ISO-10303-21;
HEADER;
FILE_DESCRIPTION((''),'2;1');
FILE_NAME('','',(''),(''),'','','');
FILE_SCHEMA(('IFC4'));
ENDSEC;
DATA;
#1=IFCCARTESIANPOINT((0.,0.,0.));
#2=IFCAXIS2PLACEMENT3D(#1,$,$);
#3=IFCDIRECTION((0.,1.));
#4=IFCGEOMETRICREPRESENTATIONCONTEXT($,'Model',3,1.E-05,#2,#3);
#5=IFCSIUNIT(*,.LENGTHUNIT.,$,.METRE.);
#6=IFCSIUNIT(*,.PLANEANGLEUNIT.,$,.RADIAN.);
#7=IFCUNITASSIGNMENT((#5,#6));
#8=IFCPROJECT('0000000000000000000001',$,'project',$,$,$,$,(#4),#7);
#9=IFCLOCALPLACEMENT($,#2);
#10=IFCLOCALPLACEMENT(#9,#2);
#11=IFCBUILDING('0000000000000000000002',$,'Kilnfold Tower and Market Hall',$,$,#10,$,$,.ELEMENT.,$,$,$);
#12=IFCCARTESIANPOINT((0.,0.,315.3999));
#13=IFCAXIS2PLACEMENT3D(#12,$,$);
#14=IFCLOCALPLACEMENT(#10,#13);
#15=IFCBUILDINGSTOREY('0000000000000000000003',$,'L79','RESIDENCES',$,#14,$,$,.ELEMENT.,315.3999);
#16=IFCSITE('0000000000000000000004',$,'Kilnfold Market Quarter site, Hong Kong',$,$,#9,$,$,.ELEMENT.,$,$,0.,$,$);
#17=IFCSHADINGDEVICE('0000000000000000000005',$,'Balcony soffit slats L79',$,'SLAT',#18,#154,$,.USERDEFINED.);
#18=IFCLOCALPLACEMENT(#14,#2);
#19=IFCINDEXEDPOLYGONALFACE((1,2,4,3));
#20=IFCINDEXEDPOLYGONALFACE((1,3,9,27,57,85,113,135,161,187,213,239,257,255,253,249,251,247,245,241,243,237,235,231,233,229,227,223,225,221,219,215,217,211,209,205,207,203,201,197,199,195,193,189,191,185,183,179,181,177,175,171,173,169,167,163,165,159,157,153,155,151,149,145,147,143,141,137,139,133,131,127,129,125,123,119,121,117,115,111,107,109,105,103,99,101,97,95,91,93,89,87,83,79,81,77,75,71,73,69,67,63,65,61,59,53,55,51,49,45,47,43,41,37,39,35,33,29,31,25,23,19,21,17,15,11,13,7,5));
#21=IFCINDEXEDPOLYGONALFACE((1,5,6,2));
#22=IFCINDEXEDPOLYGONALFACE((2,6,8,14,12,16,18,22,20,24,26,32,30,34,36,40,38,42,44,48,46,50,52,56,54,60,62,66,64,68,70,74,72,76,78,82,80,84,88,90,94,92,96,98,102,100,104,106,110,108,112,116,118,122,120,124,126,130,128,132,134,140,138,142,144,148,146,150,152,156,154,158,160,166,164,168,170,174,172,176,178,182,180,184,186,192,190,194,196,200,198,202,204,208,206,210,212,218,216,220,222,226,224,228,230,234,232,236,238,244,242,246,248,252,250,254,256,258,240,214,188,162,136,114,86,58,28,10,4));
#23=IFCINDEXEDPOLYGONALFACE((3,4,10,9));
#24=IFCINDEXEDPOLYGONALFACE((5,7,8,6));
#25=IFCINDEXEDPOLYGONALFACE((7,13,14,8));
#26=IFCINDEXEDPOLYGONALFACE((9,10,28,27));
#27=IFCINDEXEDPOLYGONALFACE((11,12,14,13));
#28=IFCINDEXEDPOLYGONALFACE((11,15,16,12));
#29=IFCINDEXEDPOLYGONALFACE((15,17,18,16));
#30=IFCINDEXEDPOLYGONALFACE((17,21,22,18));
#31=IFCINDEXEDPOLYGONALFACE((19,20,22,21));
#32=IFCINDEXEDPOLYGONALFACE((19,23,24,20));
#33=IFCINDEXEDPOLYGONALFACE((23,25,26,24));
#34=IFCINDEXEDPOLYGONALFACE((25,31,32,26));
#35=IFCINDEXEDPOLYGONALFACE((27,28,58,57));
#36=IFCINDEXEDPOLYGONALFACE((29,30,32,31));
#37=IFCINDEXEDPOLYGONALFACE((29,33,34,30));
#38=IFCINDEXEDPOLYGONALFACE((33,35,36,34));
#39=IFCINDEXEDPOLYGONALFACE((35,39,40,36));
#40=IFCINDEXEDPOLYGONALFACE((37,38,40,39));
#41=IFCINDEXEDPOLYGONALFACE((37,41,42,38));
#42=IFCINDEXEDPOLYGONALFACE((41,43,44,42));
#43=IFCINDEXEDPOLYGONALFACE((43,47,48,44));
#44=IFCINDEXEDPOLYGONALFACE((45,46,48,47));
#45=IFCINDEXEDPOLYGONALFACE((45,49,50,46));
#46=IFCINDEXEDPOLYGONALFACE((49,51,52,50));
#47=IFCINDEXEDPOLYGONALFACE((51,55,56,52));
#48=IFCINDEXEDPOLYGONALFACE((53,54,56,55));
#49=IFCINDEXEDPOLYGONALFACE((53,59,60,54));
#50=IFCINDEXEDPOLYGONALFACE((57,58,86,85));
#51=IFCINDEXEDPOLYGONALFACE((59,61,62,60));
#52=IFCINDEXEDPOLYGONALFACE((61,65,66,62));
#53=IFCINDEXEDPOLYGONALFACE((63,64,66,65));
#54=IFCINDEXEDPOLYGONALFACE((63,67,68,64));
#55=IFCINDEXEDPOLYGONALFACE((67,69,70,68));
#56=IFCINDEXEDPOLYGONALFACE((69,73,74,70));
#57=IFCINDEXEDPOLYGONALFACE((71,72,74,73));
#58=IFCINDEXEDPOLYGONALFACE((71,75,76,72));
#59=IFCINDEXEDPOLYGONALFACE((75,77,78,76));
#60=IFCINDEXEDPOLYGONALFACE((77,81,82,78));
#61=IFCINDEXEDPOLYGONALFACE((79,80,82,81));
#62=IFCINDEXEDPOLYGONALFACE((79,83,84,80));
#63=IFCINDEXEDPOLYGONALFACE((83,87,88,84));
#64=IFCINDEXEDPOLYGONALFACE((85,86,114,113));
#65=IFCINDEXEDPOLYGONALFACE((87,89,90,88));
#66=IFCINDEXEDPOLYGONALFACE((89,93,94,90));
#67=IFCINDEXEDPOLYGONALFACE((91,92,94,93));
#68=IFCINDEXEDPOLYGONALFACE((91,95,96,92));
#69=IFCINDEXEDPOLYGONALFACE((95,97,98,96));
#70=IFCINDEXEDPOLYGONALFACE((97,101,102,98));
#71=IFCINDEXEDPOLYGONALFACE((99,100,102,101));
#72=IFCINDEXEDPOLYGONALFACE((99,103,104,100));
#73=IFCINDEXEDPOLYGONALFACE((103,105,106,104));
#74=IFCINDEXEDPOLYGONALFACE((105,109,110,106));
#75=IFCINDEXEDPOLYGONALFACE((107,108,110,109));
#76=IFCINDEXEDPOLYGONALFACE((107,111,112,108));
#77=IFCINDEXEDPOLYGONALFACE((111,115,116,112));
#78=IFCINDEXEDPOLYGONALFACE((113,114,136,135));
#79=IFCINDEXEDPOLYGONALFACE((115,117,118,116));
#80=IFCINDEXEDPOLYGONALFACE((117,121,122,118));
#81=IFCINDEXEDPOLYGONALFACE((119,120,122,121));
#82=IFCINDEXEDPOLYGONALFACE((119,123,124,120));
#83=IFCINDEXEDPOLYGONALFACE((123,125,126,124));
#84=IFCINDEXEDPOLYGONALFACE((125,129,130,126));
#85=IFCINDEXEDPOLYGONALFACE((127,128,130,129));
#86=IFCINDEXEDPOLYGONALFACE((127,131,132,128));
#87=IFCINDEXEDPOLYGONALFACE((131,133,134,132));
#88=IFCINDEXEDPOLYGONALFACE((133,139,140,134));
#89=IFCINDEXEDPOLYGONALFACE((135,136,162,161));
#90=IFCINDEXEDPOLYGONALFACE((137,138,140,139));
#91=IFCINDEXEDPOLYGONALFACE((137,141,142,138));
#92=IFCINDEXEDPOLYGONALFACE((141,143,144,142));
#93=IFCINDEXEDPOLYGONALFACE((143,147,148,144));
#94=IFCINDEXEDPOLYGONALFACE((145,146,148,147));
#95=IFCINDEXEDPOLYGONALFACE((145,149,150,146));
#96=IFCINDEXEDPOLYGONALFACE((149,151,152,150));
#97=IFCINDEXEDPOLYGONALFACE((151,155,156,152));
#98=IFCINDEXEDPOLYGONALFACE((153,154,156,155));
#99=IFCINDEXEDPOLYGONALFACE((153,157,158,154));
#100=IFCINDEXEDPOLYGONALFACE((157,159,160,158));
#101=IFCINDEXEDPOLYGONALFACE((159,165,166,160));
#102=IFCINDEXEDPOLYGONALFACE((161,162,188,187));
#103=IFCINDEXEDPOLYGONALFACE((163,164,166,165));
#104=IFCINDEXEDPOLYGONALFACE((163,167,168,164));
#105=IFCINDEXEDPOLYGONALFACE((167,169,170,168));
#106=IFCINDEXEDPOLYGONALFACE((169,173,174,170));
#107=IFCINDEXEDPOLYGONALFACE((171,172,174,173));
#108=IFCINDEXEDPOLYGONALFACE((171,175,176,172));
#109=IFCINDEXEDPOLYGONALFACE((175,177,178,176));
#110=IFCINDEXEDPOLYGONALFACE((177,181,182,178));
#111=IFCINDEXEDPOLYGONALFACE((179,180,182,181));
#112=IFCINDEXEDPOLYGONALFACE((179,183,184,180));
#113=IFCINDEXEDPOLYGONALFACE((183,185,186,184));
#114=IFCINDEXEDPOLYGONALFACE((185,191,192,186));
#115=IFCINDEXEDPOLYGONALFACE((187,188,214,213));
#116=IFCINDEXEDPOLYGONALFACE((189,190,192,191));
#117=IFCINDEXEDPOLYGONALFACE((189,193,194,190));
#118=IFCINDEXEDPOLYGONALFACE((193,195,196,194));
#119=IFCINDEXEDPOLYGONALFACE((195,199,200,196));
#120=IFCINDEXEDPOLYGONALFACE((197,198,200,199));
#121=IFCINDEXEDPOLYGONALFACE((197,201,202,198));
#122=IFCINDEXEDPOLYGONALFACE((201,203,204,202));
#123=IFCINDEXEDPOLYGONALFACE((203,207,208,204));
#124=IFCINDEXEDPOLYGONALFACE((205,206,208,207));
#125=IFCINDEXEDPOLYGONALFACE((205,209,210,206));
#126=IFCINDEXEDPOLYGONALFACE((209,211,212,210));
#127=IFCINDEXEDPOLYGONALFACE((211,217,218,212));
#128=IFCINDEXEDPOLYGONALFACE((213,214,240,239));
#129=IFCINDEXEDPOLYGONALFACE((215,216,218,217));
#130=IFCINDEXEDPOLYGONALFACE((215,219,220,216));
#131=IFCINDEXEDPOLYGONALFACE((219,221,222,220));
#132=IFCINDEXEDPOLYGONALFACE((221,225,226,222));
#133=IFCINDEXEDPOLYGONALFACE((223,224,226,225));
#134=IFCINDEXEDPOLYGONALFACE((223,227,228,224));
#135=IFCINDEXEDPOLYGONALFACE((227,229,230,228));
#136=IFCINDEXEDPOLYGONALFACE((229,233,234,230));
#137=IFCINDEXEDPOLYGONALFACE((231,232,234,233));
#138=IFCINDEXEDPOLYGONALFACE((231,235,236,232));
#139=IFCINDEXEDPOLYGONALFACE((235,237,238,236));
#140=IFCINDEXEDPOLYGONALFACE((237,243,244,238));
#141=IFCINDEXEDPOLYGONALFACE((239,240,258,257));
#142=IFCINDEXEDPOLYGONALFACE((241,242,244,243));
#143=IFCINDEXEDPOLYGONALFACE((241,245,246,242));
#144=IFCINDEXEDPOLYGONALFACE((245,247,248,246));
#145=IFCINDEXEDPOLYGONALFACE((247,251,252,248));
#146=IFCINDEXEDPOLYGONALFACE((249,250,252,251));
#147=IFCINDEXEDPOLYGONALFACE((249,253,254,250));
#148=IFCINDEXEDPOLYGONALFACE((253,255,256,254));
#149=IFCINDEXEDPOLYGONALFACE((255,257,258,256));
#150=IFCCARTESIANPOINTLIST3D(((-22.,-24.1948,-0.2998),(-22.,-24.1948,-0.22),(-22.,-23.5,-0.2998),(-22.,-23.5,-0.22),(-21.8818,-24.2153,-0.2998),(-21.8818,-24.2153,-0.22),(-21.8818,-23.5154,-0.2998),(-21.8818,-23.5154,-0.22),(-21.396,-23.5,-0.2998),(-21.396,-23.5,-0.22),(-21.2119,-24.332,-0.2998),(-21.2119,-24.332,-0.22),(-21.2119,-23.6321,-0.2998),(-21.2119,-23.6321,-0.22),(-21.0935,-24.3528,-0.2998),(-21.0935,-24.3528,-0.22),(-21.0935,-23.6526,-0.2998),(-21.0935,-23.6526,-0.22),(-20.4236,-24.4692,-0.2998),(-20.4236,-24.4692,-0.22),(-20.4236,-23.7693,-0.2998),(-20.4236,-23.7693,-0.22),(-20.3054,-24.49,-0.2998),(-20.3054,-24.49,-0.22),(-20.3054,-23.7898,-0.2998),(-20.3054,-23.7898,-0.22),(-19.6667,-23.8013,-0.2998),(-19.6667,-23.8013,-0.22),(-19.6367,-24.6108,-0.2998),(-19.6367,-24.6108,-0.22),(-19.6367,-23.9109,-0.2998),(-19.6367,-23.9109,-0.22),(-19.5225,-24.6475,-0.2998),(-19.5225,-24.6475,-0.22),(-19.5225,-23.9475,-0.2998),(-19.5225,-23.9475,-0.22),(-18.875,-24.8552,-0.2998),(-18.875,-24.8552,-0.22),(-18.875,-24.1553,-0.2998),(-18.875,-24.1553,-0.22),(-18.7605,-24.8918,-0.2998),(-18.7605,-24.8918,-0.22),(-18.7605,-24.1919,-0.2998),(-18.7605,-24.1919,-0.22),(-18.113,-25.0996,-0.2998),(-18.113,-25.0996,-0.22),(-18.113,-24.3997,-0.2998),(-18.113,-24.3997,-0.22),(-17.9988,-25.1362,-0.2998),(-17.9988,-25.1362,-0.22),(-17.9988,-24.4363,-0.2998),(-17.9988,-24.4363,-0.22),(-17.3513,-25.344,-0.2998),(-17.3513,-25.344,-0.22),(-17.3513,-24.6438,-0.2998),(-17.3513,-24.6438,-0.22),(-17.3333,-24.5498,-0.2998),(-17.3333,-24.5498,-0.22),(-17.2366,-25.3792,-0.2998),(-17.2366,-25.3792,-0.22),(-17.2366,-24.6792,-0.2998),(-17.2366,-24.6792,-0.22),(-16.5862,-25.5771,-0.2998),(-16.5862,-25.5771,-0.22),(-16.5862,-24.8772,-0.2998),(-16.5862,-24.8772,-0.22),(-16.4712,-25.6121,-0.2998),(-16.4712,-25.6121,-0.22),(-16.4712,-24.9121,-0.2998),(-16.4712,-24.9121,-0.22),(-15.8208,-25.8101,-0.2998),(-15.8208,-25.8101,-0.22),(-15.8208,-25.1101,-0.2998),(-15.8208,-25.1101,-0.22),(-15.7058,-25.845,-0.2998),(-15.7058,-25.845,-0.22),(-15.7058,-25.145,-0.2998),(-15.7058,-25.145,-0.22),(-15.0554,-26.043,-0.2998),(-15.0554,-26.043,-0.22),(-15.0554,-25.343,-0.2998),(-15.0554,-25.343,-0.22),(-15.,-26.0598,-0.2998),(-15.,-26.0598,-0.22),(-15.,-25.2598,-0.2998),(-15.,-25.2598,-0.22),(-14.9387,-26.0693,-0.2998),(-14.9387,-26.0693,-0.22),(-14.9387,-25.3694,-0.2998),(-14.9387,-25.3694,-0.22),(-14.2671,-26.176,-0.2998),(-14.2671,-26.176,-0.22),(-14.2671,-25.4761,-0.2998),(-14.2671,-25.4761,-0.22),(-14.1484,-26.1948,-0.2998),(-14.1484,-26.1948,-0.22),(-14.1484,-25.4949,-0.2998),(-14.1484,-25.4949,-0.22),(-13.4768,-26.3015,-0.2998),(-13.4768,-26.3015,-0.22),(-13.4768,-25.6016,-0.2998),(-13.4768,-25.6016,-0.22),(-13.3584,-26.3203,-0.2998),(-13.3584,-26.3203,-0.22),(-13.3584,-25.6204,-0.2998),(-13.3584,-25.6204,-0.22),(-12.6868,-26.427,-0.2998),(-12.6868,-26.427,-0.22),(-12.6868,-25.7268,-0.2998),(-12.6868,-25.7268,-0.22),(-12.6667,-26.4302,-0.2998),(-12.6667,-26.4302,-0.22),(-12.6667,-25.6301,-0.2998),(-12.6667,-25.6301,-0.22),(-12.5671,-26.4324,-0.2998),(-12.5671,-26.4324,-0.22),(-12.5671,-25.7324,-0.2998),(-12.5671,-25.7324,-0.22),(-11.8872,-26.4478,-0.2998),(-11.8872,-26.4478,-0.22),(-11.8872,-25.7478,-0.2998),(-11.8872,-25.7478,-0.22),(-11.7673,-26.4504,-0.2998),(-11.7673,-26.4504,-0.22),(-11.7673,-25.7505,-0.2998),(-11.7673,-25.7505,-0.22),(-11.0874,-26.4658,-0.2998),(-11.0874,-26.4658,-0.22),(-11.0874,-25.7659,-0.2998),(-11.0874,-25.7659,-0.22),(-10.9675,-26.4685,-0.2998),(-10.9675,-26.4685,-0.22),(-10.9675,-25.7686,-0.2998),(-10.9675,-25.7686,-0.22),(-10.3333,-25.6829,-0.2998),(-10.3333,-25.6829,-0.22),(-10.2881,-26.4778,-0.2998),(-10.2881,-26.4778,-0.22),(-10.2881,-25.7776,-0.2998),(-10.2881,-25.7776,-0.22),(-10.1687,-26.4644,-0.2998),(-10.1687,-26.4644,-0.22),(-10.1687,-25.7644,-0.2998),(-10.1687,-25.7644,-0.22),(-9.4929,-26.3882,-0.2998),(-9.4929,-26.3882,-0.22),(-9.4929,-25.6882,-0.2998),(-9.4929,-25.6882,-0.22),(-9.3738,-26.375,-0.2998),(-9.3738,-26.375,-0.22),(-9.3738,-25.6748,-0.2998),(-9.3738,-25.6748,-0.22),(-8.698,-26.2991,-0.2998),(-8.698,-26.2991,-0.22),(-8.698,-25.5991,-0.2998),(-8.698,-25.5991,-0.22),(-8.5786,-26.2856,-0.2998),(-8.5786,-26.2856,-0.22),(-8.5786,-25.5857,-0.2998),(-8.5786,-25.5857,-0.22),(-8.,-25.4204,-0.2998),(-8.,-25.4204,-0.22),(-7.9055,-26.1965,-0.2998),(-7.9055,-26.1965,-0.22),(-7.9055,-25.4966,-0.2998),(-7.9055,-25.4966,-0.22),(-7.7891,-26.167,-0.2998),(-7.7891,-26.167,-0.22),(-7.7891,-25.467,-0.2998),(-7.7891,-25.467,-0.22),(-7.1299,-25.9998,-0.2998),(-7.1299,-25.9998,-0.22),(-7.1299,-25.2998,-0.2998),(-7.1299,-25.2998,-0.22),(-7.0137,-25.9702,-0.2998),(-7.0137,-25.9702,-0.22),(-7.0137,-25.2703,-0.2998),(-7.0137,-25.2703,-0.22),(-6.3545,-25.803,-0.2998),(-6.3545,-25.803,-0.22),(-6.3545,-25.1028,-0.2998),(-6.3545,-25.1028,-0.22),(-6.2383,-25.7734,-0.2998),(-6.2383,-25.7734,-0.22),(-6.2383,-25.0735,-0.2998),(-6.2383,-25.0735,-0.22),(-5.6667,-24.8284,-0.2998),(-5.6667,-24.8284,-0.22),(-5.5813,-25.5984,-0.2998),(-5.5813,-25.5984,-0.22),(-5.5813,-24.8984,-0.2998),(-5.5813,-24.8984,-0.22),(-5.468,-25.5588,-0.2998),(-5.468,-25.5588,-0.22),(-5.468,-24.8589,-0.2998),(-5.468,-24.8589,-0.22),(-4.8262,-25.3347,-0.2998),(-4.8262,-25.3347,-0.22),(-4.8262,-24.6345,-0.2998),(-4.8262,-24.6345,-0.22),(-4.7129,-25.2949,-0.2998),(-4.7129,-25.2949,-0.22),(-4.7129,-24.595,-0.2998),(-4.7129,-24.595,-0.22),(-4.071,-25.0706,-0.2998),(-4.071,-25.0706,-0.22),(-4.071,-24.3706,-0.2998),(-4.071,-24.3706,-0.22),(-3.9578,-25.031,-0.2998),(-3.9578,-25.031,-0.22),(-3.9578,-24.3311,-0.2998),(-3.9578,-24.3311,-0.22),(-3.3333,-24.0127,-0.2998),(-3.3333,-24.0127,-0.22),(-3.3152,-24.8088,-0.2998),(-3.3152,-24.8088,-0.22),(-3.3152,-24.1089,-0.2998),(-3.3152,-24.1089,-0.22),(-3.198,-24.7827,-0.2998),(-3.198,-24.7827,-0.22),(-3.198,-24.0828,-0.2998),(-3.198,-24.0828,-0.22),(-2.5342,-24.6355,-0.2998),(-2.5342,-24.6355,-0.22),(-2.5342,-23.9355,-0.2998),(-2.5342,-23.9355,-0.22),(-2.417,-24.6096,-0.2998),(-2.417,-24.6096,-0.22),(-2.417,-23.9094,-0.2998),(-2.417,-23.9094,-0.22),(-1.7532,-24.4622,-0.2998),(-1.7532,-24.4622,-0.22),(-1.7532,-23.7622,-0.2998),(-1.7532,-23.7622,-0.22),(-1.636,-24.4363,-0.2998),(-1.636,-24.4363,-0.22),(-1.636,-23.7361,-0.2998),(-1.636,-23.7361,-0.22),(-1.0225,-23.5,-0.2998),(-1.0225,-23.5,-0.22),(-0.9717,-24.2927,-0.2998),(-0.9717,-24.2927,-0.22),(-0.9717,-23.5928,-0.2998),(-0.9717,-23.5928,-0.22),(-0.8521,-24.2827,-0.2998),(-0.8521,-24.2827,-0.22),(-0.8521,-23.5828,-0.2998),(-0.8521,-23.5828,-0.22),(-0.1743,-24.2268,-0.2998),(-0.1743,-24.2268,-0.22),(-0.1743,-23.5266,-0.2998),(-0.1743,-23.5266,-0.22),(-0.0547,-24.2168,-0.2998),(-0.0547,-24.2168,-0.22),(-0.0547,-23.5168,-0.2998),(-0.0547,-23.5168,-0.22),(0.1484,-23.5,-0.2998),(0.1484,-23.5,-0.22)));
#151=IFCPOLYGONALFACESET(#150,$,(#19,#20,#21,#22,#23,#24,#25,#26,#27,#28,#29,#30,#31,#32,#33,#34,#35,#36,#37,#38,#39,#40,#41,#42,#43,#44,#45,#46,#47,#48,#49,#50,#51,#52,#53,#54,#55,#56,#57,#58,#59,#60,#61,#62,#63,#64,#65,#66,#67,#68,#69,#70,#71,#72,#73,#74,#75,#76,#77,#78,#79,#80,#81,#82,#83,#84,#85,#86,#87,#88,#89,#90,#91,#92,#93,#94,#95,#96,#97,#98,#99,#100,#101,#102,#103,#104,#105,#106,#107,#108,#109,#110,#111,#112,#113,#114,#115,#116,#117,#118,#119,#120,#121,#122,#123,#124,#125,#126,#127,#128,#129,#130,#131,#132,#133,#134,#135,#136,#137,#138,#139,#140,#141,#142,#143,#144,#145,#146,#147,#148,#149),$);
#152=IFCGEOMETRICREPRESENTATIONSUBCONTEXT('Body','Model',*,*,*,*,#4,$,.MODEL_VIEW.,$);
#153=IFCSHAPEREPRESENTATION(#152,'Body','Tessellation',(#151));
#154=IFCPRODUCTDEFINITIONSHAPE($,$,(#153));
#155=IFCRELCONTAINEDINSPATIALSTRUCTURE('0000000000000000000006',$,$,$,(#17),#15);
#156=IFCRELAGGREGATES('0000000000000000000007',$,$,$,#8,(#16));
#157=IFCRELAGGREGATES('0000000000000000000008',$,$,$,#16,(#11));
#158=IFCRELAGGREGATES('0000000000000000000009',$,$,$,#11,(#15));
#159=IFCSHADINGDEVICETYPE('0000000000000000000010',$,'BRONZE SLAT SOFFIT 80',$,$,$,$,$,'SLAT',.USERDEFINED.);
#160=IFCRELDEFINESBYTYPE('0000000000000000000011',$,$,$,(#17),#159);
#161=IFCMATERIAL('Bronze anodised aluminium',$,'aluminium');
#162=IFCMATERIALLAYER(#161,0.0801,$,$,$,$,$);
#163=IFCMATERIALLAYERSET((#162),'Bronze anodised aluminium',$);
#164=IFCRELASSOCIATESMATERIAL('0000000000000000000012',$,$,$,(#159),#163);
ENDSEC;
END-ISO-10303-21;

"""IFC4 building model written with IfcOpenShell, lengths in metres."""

from ifc_helpers import new_model, si_unit, direction, frame, origin, place, context, subcontext, project, spatial, polyline, outline, extrude, source, transform, mapped, material, layer, layer_set, type_object, element, save


model = new_model("IFC4")

# Units and contexts
model_context = context("Model", 3, precision=1e-05, world=origin(), true_north=direction((0.0, 1.0)))
body_context = subcontext(model_context, "Body", "Model", "MODEL_VIEW")
ifc_project = project(units=[si_unit("LENGTHUNIT", "METRE"), si_unit("PLANEANGLEUNIT", "RADIAN")], contexts=[model_context])

# Site, building, storey
site_placement = place(None, origin())
site = spatial("IfcSite", under=ifc_project, at=site_placement, Name="Kilnfold Market Quarter site, Hong Kong", CompositionType="ELEMENT", RefElevation=0.0)
building_placement = place(site_placement, origin())
building = spatial("IfcBuilding", under=site, at=building_placement, Name="Kilnfold Tower and Market Hall", CompositionType="ELEMENT")
storey_placement = place(building_placement, frame((0.0, 0.0, 315.3999)))
storey = spatial("IfcBuildingStorey", under=building, at=storey_placement, Name="L79", Description="RESIDENCES", CompositionType="ELEMENT", Elevation=315.3999)

# Shading device
ifc_material_1 = material(Name="Bronze anodised aluminium", Category="aluminium")
ifc_layer_1 = layer(ifc_material_1, 0.0801)
ifc_layer_set_1 = layer_set([ifc_layer_1], Name="Bronze anodised aluminium")
shading_device_type_1 = type_object("IfcShadingDeviceType", Name="BRONZE SLAT SOFFIT 80", ElementType="SLAT", PredefinedType="USERDEFINED", material=ifc_layer_set_1)
shared_shape_1 = source(origin(), body_context, "Body", "SweptSolid", [
    extrude(outline(polyline([(-22.0, -23.5), (-21.396, -23.5), (-19.6667, -23.8013), (-17.3333, -24.5498), (-15.0, -25.2598), (-12.6667, -25.6301), (-10.3333, -25.6829), (-8.0, -25.4204), (-5.6667, -24.8284), (-3.3333, -24.0127), (-1.0225, -23.5), (0.1484, -23.5), (-0.0547, -23.5168), (-0.0547, -24.2168), (-0.1743, -24.2268), (-0.1743, -23.5266), (-0.8521, -23.5828), (-0.8521, -24.2827), (-0.9717, -24.2927), (-0.9717, -23.5928), (-1.636, -23.7361), (-1.636, -24.4363), (-1.7532, -24.4622), (-1.7532, -23.7622), (-2.417, -23.9094), (-2.417, -24.6096), (-2.5342, -24.6355), (-2.5342, -23.9355), (-3.198, -24.0828), (-3.198, -24.7827), (-3.3152, -24.8088), (-3.3152, -24.1089), (-3.9578, -24.3311), (-3.9578, -25.031), (-4.071, -25.0706), (-4.071, -24.3706), (-4.7129, -24.595), (-4.7129, -25.2949), (-4.8262, -25.3347), (-4.8262, -24.6345), (-5.468, -24.8589), (-5.468, -25.5588), (-5.5813, -25.5984), (-5.5813, -24.8984), (-6.2383, -25.0735), (-6.2383, -25.7734), (-6.3545, -25.803), (-6.3545, -25.1028), (-7.0137, -25.2703), (-7.0137, -25.9702), (-7.1299, -25.9998), (-7.1299, -25.2998), (-7.7891, -25.467), (-7.7891, -26.167), (-7.9055, -26.1965), (-7.9055, -25.4966), (-8.5786, -25.5857), (-8.5786, -26.2856), (-8.698, -26.2991), (-8.698, -25.5991), (-9.3738, -25.6748), (-9.3738, -26.375), (-9.4929, -26.3882), (-9.4929, -25.6882), (-10.1687, -25.7644), (-10.1687, -26.4644), (-10.2881, -26.4778), (-10.2881, -25.7776), (-10.9675, -25.7686), (-10.9675, -26.4685), (-11.0874, -26.4658), (-11.0874, -25.7659), (-11.7673, -25.7505), (-11.7673, -26.4504), (-11.8872, -26.4478), (-11.8872, -25.7478), (-12.5671, -25.7324), (-12.5671, -26.4324), (-12.6667, -26.4302), (-12.6868, -26.427), (-12.6868, -25.7268), (-13.3584, -25.6204), (-13.3584, -26.3203), (-13.4768, -26.3015), (-13.4768, -25.6016), (-14.1484, -25.4949), (-14.1484, -26.1948), (-14.2671, -26.176), (-14.2671, -25.4761), (-14.9387, -25.3694), (-14.9387, -26.0693), (-15.0, -26.0598), (-15.0554, -26.043), (-15.0554, -25.343), (-15.7058, -25.145), (-15.7058, -25.845), (-15.8208, -25.8101), (-15.8208, -25.1101), (-16.4712, -24.9121), (-16.4712, -25.6121), (-16.5862, -25.5771), (-16.5862, -24.8772), (-17.2366, -24.6792), (-17.2366, -25.3792), (-17.3513, -25.344), (-17.3513, -24.6438), (-17.9988, -24.4363), (-17.9988, -25.1362), (-18.113, -25.0996), (-18.113, -24.3997), (-18.7605, -24.1919), (-18.7605, -24.8918), (-18.875, -24.8552), (-18.875, -24.1553), (-19.5225, -23.9475), (-19.5225, -24.6475), (-19.6367, -24.6108), (-19.6367, -23.9109), (-20.3054, -23.7898), (-20.3054, -24.49), (-20.4236, -24.4692), (-20.4236, -23.7693), (-21.0935, -23.6526), (-21.0935, -24.3528), (-21.2119, -24.332), (-21.2119, -23.6321), (-21.8818, -23.5154), (-21.8818, -24.2153), (-22.0, -24.1948), (-22.0, -23.5)])), origin(), (0.0, 0.0, 1.0), 0.0798),
])
shading_device_1_placement = place(storey_placement, frame((0.0, 0.0, -0.2998)))
element("IfcShadingDevice", 1, at=shading_device_1_placement, inside=storey, type_object=shading_device_type_1, Name="Balcony soffit slats L79", ObjectType="SLAT", PredefinedType="USERDEFINED", context=body_context, shape_type="MappedRepresentation", body=[
    mapped(shared_shape_1, transform((0.0, 0.0, 0.0))),
])

save(model, "model.ifc")
